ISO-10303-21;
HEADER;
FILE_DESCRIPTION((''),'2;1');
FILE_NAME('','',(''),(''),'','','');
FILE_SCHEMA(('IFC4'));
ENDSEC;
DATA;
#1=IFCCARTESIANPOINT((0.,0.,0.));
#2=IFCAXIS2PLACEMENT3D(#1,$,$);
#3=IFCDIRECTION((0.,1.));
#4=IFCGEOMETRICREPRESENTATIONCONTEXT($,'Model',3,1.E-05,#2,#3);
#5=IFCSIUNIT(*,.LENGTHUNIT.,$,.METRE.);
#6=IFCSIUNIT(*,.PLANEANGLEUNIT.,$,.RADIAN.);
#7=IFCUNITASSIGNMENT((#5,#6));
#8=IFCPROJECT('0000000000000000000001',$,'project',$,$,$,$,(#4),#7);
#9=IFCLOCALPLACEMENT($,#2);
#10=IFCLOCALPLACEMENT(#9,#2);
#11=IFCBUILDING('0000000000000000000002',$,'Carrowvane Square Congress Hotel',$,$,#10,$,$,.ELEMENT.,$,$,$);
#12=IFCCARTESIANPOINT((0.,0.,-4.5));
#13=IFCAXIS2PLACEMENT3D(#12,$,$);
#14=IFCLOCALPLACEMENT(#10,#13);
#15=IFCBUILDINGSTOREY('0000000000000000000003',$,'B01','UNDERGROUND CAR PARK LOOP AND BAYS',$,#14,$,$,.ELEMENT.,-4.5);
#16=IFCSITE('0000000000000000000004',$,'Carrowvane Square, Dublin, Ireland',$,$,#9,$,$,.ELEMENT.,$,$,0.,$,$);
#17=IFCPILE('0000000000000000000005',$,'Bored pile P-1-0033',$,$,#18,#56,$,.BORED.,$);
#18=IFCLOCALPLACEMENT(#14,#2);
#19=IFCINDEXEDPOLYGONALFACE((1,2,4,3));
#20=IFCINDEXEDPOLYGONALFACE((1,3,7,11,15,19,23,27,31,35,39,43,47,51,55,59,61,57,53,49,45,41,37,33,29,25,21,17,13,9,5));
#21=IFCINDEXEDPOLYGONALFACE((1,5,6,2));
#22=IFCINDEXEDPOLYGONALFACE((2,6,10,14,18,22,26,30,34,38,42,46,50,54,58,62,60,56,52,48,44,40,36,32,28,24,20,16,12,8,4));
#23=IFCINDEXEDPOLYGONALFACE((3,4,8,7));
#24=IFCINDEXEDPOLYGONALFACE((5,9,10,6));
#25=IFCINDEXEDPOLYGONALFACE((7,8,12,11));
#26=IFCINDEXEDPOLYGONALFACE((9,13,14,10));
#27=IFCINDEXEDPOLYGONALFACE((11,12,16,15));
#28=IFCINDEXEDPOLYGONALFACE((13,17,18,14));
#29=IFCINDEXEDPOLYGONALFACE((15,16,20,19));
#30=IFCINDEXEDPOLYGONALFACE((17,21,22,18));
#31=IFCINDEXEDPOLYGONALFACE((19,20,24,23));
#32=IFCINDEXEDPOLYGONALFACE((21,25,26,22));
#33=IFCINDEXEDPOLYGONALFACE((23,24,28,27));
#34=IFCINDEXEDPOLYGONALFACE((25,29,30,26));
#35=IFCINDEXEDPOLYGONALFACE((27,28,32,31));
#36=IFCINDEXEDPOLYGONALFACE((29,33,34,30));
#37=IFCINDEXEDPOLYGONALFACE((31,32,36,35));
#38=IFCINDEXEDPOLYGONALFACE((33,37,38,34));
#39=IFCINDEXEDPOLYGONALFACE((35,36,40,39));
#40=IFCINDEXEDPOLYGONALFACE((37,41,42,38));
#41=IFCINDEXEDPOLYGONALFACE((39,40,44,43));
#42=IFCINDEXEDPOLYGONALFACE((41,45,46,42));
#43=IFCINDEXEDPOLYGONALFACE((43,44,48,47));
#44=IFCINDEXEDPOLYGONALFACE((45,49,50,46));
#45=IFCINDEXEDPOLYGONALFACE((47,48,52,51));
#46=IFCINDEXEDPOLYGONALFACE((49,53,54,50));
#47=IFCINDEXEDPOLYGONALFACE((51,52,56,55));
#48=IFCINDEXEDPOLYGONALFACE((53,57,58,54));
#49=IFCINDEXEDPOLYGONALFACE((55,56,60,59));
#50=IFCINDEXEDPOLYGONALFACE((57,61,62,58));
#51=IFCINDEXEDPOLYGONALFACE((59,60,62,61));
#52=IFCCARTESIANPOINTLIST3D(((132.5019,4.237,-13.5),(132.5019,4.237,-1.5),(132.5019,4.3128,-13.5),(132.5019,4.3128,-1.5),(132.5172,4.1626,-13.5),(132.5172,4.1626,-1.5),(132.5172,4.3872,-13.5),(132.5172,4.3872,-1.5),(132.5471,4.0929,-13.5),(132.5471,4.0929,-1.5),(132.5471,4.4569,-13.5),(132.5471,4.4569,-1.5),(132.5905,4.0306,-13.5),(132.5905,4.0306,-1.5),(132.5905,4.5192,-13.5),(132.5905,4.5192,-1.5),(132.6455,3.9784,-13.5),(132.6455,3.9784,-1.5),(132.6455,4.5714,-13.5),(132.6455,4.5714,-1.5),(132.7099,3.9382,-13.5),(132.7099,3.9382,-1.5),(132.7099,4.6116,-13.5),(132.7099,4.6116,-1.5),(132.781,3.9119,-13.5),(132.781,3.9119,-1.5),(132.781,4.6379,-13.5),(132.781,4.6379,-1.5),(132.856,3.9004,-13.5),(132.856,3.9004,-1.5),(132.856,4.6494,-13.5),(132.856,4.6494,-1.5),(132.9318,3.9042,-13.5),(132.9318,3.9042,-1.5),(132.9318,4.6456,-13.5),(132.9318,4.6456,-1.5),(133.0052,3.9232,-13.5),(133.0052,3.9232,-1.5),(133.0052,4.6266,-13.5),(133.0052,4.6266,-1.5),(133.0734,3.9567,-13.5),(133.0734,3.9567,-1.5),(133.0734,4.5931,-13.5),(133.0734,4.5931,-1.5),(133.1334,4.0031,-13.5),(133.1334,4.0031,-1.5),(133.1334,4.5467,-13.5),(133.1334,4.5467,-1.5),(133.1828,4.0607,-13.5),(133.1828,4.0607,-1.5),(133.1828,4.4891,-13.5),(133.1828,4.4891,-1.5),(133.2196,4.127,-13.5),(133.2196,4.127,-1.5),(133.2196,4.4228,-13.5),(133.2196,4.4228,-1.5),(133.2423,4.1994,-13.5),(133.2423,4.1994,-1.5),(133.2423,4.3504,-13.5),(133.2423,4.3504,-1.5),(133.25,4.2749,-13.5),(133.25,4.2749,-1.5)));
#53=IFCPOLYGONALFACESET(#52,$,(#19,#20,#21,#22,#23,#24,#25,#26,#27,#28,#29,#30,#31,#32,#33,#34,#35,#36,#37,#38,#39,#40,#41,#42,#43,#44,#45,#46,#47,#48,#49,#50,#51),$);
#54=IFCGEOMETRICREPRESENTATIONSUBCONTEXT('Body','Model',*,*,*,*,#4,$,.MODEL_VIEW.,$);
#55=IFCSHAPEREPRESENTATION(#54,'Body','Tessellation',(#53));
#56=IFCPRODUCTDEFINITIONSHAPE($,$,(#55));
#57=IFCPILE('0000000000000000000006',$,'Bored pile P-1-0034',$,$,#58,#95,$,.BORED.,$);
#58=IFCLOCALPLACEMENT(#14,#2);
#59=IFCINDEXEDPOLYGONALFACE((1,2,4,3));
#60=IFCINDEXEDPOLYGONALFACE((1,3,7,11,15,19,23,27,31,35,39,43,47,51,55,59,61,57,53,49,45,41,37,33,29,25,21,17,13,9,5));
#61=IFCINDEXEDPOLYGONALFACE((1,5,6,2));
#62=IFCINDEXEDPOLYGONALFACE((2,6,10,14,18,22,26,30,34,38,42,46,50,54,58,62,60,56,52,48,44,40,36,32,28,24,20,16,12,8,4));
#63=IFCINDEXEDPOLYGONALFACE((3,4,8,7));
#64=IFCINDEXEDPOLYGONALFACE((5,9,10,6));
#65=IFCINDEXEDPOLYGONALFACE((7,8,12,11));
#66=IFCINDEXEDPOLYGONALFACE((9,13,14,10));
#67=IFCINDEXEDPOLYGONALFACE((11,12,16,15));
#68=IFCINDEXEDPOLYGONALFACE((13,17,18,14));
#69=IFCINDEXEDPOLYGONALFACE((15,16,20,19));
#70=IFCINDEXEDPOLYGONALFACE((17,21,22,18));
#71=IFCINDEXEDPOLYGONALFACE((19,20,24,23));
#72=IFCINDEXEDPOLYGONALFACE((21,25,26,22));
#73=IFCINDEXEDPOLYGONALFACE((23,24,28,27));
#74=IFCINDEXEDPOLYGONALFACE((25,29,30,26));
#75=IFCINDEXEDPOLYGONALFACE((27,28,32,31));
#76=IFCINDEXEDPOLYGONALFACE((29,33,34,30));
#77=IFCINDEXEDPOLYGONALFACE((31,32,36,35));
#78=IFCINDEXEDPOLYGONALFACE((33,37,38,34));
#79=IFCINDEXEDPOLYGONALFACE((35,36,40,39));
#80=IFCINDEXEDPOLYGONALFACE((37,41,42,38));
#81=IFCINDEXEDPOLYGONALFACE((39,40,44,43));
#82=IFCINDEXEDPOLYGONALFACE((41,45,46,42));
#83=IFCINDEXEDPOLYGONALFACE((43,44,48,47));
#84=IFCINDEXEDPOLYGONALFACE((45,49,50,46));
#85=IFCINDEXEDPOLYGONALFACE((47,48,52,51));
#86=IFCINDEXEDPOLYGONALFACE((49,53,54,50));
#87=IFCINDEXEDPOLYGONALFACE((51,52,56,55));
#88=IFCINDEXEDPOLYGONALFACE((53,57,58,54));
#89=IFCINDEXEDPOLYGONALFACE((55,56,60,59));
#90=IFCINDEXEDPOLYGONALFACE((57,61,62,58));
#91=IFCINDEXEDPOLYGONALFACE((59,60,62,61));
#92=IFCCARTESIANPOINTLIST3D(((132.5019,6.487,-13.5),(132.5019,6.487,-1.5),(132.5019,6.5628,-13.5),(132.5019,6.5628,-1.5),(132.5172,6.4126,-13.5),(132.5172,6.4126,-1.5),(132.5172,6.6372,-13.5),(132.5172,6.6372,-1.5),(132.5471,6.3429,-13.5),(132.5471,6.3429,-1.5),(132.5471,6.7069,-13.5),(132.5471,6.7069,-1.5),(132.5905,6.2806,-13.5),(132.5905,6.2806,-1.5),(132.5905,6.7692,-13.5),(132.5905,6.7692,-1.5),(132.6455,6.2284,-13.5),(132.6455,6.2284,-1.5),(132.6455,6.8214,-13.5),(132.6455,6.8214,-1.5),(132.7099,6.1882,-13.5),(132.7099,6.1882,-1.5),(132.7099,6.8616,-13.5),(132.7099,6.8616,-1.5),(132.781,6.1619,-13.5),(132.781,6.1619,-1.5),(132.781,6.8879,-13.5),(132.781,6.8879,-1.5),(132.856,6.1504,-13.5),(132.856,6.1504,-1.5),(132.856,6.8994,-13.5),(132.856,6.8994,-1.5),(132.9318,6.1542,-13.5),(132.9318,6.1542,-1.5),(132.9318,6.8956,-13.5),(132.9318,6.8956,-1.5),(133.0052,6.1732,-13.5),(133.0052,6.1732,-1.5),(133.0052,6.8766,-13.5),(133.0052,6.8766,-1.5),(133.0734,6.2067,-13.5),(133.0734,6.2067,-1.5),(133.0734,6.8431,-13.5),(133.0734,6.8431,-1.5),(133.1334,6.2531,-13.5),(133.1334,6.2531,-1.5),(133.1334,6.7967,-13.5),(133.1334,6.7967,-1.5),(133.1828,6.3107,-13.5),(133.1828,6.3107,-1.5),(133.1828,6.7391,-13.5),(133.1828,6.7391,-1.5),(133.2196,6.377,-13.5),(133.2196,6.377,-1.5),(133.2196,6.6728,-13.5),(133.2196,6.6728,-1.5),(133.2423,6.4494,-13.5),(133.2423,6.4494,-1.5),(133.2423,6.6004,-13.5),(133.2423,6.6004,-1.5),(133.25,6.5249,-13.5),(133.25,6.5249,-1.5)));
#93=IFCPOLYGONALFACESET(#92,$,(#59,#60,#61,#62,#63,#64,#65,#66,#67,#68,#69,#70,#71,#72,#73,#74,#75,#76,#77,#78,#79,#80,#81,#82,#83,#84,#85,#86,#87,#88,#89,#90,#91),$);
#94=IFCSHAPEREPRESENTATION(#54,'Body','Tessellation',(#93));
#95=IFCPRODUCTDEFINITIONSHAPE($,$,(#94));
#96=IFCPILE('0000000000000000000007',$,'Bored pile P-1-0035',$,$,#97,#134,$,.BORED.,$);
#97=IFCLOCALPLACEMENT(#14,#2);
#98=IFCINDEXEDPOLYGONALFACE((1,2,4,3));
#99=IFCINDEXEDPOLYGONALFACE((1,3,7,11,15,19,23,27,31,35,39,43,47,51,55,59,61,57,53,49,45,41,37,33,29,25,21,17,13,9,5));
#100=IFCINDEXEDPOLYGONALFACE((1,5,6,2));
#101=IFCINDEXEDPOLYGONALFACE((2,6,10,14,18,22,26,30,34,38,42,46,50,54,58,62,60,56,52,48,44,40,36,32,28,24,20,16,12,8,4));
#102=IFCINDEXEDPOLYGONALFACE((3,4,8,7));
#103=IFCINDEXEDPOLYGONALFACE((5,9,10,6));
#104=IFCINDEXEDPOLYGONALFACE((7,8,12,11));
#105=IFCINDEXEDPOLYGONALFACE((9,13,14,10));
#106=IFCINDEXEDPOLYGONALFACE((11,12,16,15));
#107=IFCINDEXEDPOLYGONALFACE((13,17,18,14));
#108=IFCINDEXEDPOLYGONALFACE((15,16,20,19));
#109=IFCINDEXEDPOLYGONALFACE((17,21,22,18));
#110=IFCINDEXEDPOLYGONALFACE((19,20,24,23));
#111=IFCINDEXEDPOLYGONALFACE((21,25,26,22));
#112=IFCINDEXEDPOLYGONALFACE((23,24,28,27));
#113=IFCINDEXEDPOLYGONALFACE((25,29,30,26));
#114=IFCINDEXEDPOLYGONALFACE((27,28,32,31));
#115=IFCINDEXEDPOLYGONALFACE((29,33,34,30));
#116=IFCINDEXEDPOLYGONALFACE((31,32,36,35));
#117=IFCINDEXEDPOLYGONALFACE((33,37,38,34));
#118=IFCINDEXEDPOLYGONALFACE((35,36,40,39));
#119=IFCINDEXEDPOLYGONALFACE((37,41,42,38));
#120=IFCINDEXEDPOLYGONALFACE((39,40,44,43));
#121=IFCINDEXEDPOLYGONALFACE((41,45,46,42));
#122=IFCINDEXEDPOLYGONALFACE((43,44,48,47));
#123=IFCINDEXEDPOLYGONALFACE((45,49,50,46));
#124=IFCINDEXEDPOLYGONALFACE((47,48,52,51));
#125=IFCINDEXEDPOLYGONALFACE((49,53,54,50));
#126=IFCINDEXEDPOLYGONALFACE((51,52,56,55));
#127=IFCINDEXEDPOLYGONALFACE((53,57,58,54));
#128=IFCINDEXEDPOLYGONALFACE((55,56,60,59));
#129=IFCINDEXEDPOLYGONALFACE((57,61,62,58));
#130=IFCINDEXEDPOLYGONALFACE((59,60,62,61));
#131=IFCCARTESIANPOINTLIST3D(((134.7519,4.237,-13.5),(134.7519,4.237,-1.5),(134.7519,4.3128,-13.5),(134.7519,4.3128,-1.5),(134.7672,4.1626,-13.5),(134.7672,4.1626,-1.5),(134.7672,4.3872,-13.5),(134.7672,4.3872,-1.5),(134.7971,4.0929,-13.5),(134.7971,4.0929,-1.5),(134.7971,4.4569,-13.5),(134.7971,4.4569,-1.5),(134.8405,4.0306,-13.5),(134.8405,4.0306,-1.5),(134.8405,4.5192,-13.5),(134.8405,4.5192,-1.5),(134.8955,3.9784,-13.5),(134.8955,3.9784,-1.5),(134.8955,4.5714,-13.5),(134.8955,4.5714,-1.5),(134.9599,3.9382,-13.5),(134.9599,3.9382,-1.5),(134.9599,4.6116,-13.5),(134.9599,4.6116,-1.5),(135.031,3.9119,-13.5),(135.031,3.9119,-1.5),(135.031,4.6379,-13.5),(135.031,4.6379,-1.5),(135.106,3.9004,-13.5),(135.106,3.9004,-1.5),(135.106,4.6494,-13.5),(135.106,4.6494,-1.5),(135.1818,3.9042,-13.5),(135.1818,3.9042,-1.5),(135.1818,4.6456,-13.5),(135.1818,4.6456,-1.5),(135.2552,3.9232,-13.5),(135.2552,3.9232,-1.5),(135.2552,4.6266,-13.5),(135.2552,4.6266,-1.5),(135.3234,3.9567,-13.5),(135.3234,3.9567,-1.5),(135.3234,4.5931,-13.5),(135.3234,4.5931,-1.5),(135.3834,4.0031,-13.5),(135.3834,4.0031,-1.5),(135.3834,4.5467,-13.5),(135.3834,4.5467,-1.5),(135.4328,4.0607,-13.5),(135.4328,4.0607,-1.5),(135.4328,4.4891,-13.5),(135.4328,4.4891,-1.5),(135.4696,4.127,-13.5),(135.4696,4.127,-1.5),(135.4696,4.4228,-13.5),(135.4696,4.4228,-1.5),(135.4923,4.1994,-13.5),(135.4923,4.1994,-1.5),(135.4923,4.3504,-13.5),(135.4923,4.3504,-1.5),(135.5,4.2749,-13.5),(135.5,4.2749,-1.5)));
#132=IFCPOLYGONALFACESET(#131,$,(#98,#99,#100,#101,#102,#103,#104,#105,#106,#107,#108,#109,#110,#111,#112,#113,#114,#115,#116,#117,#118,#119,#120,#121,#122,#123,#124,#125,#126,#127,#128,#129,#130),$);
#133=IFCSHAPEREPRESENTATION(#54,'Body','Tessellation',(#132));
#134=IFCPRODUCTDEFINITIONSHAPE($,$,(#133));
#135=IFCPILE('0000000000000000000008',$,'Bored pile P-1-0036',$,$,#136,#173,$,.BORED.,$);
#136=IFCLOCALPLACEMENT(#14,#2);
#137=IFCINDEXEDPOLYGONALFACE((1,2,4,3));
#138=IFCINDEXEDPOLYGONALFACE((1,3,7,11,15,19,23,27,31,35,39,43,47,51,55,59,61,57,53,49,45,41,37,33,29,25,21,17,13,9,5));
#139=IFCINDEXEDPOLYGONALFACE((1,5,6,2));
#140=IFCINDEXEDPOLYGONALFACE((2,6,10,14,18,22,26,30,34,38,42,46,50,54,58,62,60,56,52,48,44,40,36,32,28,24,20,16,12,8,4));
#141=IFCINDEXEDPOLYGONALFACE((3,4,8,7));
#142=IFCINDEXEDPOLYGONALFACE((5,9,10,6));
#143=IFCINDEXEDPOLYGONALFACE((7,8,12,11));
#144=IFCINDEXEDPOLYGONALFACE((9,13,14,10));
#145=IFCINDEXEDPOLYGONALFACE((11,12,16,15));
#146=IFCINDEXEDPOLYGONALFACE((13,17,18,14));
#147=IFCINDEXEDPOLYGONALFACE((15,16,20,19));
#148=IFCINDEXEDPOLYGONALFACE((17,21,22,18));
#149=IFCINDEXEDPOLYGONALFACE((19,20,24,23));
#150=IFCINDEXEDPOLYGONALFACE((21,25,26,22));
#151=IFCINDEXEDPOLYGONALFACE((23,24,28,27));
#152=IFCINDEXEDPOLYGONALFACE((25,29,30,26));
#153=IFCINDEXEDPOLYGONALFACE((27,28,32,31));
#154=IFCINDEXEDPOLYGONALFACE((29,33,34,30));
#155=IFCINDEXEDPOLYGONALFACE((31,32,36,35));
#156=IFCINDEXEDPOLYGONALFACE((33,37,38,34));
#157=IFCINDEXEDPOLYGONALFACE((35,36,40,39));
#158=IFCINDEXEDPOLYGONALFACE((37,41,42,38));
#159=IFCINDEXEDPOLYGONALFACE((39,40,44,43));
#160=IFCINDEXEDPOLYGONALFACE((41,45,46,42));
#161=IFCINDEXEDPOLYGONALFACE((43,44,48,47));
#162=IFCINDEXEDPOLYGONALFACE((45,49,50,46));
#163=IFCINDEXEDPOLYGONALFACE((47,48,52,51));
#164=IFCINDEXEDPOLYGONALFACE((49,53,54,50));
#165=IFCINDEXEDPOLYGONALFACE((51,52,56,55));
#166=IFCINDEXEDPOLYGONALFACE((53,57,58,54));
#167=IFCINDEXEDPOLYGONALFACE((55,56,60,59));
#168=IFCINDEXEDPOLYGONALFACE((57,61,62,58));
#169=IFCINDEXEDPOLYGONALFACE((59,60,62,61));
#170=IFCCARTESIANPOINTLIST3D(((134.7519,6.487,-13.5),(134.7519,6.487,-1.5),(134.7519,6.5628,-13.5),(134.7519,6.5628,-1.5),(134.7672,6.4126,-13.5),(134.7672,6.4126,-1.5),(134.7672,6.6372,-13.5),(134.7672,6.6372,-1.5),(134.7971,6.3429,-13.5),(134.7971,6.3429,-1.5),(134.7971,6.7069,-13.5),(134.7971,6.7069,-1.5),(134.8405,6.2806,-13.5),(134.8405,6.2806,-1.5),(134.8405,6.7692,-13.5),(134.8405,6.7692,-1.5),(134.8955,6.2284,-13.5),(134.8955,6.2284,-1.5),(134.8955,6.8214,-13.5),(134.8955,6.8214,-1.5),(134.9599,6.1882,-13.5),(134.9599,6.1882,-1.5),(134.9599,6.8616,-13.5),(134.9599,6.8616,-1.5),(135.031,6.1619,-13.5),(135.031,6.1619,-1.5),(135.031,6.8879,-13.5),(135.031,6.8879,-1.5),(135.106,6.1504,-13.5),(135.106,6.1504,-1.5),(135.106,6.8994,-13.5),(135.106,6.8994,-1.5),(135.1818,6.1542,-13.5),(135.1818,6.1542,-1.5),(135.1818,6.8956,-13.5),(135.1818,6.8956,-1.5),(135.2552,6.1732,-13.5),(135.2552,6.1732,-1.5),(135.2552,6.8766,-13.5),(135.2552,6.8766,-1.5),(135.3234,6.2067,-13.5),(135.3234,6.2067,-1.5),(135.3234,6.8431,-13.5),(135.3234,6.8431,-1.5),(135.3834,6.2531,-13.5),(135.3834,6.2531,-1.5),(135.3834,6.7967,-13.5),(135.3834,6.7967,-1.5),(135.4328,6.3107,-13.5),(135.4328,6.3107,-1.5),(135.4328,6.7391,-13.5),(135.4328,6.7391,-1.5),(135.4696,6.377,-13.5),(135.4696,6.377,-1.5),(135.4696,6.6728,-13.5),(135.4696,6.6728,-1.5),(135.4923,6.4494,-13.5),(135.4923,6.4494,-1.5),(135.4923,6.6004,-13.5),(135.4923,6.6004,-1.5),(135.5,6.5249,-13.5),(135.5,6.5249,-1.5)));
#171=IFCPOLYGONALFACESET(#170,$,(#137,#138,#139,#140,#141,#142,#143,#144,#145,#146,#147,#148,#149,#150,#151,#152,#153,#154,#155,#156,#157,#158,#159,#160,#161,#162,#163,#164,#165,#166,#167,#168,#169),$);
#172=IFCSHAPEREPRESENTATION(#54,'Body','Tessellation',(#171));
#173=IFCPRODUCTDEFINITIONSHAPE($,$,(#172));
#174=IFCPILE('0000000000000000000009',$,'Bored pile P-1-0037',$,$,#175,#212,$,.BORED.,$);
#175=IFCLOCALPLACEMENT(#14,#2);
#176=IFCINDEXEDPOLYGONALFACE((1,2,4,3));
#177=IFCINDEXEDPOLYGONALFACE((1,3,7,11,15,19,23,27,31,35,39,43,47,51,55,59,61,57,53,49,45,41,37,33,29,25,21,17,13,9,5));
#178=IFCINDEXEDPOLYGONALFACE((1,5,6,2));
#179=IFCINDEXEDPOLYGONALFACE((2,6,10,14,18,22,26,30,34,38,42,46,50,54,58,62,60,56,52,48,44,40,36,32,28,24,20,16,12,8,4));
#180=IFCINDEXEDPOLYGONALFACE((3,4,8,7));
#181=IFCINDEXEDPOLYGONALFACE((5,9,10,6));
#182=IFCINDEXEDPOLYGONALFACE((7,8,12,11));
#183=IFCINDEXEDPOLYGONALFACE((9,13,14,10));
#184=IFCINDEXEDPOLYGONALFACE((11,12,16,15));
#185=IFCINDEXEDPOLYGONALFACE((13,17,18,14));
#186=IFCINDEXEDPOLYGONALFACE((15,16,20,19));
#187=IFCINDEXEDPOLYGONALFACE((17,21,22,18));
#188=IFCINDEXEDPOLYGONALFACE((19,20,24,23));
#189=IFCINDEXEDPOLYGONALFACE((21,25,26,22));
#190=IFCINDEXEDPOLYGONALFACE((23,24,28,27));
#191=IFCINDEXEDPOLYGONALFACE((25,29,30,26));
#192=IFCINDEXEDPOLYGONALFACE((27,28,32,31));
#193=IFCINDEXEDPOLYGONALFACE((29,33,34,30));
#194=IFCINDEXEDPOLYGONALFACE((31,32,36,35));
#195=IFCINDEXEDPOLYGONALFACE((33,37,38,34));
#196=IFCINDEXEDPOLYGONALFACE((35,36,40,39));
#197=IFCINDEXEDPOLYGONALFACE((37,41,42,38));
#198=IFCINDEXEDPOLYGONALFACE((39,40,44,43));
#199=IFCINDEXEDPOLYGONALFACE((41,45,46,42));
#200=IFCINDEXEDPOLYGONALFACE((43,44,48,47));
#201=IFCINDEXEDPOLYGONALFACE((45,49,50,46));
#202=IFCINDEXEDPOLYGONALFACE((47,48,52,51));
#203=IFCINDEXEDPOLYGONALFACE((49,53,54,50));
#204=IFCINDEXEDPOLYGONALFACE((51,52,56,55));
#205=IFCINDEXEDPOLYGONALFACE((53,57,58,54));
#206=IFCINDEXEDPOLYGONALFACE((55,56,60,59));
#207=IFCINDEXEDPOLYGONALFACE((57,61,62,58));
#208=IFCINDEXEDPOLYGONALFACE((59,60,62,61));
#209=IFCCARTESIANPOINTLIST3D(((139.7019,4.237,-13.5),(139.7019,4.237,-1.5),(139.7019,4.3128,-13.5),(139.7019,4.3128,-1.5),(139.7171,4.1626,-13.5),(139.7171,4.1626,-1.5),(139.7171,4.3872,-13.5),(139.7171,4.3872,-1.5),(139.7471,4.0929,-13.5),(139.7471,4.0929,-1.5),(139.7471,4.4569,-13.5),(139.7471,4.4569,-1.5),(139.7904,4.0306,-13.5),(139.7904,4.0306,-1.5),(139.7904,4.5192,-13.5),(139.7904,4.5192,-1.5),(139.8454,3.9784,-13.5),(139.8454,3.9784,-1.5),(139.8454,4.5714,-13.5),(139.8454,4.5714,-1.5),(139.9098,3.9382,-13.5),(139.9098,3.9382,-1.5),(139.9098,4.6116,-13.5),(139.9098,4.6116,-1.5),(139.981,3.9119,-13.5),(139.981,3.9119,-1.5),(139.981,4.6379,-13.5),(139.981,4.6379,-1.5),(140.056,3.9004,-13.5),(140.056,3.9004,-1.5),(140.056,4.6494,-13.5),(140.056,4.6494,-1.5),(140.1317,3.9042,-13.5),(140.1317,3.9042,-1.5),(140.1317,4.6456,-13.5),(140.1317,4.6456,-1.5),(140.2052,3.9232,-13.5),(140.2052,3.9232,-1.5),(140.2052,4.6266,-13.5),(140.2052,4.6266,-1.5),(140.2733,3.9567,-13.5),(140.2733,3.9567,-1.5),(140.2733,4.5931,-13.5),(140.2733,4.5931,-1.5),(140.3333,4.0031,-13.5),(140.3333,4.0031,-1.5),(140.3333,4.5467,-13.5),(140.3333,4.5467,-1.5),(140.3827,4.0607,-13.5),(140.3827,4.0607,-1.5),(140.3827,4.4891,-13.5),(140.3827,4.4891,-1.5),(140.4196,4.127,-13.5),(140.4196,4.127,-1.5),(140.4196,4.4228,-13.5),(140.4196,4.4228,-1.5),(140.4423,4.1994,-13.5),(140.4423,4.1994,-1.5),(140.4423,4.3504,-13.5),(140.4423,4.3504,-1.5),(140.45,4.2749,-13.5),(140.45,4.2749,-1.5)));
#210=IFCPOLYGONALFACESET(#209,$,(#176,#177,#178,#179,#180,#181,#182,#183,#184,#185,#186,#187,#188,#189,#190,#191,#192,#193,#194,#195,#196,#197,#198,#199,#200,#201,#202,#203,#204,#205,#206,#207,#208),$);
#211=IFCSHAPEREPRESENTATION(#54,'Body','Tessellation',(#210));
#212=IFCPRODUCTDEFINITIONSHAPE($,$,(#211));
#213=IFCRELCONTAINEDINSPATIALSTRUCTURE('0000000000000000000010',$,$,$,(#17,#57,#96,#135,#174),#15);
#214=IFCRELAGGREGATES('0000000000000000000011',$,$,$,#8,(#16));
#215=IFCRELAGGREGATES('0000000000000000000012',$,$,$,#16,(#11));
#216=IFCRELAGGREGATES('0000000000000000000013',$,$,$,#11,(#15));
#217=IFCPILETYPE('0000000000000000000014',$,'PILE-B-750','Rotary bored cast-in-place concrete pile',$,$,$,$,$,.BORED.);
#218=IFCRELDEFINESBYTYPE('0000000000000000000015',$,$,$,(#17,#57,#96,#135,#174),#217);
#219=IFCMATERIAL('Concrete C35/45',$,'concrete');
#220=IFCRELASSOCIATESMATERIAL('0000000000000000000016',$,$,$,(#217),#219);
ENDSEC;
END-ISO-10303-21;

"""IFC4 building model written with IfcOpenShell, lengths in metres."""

from ifc_helpers import new_model, si_unit, direction, frame, origin, origin_2d, place, context, subcontext, project, spatial, circle, extrude, material, material_profile, profile_set, type_object, element, save


model = new_model("IFC4")

# Units and contexts
model_context = context("Model", 3, precision=1e-05, world=origin(), true_north=direction((0.0, 1.0)))
body_context = subcontext(model_context, "Body", "Model", "MODEL_VIEW")
ifc_project = project(units=[si_unit("LENGTHUNIT", "METRE"), si_unit("PLANEANGLEUNIT", "RADIAN")], contexts=[model_context])

# Site, building, storey
site_placement = place(None, origin())
site = spatial("IfcSite", under=ifc_project, at=site_placement, Name="Carrowvane Square, Dublin, Ireland", CompositionType="ELEMENT", RefElevation=0.0)
building_placement = place(site_placement, origin())
building = spatial("IfcBuilding", under=site, at=building_placement, Name="Carrowvane Square Congress Hotel", CompositionType="ELEMENT")
storey_placement = place(building_placement, frame((0.0, 0.0, -4.5)))
storey = spatial("IfcBuildingStorey", under=building, at=storey_placement, Name="B01", Description="UNDERGROUND CAR PARK LOOP AND BAYS", CompositionType="ELEMENT", Elevation=-4.5)

# Piles
ifc_material_1 = material(Name="Concrete C35/45", Category="concrete")
ifc_material_profile_1 = material_profile(ifc_material_1, circle(Radius=0.375, at=origin_2d()), Name="PILE D750")
ifc_profile_set_1 = profile_set([ifc_material_profile_1], Name="Concrete C35/45")
pile_type_1 = type_object("IfcPileType", Name="PILE-B-750", Description="Rotary bored cast-in-place concrete pile", PredefinedType="BORED", material=ifc_profile_set_1)
for number, where, z_axis, x_axis, name in (
    (1, (132.875, 4.2749, -1.5), (0.0, 0.0, -1.0), (1.0, 0.0, 0.0), "Bored pile P-1-0033"),
    (2, (132.875, 6.5249, -1.5), (0.0, 0.0, -1.0), (1.0, 0.0, 0.0), "Bored pile P-1-0034"),
    (3, (135.125, 4.2749, -1.5), (0.0, 0.0, -1.0), (1.0, 0.0, 0.0), "Bored pile P-1-0035"),
    (4, (135.125, 6.5249, -1.5), (0.0, 0.0, -1.0), (1.0, 0.0, 0.0), "Bored pile P-1-0036"),
    (5, (140.075, 4.2749, -1.5), (0.0, 0.0, -1.0), (1.0, 0.0, 0.0), "Bored pile P-1-0037"),
):
    element("IfcPile", number, at=place(storey_placement, frame(where, z_axis=z_axis, x_axis=x_axis)), inside=storey, type_object=pile_type_1, Name=name, PredefinedType="BORED", context=body_context, shape_type="SweptSolid", body=[
        extrude(circle(Radius=0.375, at=origin_2d()), origin(), (0.0, 0.0, 1.0), 12.0),
    ])

save(model, "model.ifc")
